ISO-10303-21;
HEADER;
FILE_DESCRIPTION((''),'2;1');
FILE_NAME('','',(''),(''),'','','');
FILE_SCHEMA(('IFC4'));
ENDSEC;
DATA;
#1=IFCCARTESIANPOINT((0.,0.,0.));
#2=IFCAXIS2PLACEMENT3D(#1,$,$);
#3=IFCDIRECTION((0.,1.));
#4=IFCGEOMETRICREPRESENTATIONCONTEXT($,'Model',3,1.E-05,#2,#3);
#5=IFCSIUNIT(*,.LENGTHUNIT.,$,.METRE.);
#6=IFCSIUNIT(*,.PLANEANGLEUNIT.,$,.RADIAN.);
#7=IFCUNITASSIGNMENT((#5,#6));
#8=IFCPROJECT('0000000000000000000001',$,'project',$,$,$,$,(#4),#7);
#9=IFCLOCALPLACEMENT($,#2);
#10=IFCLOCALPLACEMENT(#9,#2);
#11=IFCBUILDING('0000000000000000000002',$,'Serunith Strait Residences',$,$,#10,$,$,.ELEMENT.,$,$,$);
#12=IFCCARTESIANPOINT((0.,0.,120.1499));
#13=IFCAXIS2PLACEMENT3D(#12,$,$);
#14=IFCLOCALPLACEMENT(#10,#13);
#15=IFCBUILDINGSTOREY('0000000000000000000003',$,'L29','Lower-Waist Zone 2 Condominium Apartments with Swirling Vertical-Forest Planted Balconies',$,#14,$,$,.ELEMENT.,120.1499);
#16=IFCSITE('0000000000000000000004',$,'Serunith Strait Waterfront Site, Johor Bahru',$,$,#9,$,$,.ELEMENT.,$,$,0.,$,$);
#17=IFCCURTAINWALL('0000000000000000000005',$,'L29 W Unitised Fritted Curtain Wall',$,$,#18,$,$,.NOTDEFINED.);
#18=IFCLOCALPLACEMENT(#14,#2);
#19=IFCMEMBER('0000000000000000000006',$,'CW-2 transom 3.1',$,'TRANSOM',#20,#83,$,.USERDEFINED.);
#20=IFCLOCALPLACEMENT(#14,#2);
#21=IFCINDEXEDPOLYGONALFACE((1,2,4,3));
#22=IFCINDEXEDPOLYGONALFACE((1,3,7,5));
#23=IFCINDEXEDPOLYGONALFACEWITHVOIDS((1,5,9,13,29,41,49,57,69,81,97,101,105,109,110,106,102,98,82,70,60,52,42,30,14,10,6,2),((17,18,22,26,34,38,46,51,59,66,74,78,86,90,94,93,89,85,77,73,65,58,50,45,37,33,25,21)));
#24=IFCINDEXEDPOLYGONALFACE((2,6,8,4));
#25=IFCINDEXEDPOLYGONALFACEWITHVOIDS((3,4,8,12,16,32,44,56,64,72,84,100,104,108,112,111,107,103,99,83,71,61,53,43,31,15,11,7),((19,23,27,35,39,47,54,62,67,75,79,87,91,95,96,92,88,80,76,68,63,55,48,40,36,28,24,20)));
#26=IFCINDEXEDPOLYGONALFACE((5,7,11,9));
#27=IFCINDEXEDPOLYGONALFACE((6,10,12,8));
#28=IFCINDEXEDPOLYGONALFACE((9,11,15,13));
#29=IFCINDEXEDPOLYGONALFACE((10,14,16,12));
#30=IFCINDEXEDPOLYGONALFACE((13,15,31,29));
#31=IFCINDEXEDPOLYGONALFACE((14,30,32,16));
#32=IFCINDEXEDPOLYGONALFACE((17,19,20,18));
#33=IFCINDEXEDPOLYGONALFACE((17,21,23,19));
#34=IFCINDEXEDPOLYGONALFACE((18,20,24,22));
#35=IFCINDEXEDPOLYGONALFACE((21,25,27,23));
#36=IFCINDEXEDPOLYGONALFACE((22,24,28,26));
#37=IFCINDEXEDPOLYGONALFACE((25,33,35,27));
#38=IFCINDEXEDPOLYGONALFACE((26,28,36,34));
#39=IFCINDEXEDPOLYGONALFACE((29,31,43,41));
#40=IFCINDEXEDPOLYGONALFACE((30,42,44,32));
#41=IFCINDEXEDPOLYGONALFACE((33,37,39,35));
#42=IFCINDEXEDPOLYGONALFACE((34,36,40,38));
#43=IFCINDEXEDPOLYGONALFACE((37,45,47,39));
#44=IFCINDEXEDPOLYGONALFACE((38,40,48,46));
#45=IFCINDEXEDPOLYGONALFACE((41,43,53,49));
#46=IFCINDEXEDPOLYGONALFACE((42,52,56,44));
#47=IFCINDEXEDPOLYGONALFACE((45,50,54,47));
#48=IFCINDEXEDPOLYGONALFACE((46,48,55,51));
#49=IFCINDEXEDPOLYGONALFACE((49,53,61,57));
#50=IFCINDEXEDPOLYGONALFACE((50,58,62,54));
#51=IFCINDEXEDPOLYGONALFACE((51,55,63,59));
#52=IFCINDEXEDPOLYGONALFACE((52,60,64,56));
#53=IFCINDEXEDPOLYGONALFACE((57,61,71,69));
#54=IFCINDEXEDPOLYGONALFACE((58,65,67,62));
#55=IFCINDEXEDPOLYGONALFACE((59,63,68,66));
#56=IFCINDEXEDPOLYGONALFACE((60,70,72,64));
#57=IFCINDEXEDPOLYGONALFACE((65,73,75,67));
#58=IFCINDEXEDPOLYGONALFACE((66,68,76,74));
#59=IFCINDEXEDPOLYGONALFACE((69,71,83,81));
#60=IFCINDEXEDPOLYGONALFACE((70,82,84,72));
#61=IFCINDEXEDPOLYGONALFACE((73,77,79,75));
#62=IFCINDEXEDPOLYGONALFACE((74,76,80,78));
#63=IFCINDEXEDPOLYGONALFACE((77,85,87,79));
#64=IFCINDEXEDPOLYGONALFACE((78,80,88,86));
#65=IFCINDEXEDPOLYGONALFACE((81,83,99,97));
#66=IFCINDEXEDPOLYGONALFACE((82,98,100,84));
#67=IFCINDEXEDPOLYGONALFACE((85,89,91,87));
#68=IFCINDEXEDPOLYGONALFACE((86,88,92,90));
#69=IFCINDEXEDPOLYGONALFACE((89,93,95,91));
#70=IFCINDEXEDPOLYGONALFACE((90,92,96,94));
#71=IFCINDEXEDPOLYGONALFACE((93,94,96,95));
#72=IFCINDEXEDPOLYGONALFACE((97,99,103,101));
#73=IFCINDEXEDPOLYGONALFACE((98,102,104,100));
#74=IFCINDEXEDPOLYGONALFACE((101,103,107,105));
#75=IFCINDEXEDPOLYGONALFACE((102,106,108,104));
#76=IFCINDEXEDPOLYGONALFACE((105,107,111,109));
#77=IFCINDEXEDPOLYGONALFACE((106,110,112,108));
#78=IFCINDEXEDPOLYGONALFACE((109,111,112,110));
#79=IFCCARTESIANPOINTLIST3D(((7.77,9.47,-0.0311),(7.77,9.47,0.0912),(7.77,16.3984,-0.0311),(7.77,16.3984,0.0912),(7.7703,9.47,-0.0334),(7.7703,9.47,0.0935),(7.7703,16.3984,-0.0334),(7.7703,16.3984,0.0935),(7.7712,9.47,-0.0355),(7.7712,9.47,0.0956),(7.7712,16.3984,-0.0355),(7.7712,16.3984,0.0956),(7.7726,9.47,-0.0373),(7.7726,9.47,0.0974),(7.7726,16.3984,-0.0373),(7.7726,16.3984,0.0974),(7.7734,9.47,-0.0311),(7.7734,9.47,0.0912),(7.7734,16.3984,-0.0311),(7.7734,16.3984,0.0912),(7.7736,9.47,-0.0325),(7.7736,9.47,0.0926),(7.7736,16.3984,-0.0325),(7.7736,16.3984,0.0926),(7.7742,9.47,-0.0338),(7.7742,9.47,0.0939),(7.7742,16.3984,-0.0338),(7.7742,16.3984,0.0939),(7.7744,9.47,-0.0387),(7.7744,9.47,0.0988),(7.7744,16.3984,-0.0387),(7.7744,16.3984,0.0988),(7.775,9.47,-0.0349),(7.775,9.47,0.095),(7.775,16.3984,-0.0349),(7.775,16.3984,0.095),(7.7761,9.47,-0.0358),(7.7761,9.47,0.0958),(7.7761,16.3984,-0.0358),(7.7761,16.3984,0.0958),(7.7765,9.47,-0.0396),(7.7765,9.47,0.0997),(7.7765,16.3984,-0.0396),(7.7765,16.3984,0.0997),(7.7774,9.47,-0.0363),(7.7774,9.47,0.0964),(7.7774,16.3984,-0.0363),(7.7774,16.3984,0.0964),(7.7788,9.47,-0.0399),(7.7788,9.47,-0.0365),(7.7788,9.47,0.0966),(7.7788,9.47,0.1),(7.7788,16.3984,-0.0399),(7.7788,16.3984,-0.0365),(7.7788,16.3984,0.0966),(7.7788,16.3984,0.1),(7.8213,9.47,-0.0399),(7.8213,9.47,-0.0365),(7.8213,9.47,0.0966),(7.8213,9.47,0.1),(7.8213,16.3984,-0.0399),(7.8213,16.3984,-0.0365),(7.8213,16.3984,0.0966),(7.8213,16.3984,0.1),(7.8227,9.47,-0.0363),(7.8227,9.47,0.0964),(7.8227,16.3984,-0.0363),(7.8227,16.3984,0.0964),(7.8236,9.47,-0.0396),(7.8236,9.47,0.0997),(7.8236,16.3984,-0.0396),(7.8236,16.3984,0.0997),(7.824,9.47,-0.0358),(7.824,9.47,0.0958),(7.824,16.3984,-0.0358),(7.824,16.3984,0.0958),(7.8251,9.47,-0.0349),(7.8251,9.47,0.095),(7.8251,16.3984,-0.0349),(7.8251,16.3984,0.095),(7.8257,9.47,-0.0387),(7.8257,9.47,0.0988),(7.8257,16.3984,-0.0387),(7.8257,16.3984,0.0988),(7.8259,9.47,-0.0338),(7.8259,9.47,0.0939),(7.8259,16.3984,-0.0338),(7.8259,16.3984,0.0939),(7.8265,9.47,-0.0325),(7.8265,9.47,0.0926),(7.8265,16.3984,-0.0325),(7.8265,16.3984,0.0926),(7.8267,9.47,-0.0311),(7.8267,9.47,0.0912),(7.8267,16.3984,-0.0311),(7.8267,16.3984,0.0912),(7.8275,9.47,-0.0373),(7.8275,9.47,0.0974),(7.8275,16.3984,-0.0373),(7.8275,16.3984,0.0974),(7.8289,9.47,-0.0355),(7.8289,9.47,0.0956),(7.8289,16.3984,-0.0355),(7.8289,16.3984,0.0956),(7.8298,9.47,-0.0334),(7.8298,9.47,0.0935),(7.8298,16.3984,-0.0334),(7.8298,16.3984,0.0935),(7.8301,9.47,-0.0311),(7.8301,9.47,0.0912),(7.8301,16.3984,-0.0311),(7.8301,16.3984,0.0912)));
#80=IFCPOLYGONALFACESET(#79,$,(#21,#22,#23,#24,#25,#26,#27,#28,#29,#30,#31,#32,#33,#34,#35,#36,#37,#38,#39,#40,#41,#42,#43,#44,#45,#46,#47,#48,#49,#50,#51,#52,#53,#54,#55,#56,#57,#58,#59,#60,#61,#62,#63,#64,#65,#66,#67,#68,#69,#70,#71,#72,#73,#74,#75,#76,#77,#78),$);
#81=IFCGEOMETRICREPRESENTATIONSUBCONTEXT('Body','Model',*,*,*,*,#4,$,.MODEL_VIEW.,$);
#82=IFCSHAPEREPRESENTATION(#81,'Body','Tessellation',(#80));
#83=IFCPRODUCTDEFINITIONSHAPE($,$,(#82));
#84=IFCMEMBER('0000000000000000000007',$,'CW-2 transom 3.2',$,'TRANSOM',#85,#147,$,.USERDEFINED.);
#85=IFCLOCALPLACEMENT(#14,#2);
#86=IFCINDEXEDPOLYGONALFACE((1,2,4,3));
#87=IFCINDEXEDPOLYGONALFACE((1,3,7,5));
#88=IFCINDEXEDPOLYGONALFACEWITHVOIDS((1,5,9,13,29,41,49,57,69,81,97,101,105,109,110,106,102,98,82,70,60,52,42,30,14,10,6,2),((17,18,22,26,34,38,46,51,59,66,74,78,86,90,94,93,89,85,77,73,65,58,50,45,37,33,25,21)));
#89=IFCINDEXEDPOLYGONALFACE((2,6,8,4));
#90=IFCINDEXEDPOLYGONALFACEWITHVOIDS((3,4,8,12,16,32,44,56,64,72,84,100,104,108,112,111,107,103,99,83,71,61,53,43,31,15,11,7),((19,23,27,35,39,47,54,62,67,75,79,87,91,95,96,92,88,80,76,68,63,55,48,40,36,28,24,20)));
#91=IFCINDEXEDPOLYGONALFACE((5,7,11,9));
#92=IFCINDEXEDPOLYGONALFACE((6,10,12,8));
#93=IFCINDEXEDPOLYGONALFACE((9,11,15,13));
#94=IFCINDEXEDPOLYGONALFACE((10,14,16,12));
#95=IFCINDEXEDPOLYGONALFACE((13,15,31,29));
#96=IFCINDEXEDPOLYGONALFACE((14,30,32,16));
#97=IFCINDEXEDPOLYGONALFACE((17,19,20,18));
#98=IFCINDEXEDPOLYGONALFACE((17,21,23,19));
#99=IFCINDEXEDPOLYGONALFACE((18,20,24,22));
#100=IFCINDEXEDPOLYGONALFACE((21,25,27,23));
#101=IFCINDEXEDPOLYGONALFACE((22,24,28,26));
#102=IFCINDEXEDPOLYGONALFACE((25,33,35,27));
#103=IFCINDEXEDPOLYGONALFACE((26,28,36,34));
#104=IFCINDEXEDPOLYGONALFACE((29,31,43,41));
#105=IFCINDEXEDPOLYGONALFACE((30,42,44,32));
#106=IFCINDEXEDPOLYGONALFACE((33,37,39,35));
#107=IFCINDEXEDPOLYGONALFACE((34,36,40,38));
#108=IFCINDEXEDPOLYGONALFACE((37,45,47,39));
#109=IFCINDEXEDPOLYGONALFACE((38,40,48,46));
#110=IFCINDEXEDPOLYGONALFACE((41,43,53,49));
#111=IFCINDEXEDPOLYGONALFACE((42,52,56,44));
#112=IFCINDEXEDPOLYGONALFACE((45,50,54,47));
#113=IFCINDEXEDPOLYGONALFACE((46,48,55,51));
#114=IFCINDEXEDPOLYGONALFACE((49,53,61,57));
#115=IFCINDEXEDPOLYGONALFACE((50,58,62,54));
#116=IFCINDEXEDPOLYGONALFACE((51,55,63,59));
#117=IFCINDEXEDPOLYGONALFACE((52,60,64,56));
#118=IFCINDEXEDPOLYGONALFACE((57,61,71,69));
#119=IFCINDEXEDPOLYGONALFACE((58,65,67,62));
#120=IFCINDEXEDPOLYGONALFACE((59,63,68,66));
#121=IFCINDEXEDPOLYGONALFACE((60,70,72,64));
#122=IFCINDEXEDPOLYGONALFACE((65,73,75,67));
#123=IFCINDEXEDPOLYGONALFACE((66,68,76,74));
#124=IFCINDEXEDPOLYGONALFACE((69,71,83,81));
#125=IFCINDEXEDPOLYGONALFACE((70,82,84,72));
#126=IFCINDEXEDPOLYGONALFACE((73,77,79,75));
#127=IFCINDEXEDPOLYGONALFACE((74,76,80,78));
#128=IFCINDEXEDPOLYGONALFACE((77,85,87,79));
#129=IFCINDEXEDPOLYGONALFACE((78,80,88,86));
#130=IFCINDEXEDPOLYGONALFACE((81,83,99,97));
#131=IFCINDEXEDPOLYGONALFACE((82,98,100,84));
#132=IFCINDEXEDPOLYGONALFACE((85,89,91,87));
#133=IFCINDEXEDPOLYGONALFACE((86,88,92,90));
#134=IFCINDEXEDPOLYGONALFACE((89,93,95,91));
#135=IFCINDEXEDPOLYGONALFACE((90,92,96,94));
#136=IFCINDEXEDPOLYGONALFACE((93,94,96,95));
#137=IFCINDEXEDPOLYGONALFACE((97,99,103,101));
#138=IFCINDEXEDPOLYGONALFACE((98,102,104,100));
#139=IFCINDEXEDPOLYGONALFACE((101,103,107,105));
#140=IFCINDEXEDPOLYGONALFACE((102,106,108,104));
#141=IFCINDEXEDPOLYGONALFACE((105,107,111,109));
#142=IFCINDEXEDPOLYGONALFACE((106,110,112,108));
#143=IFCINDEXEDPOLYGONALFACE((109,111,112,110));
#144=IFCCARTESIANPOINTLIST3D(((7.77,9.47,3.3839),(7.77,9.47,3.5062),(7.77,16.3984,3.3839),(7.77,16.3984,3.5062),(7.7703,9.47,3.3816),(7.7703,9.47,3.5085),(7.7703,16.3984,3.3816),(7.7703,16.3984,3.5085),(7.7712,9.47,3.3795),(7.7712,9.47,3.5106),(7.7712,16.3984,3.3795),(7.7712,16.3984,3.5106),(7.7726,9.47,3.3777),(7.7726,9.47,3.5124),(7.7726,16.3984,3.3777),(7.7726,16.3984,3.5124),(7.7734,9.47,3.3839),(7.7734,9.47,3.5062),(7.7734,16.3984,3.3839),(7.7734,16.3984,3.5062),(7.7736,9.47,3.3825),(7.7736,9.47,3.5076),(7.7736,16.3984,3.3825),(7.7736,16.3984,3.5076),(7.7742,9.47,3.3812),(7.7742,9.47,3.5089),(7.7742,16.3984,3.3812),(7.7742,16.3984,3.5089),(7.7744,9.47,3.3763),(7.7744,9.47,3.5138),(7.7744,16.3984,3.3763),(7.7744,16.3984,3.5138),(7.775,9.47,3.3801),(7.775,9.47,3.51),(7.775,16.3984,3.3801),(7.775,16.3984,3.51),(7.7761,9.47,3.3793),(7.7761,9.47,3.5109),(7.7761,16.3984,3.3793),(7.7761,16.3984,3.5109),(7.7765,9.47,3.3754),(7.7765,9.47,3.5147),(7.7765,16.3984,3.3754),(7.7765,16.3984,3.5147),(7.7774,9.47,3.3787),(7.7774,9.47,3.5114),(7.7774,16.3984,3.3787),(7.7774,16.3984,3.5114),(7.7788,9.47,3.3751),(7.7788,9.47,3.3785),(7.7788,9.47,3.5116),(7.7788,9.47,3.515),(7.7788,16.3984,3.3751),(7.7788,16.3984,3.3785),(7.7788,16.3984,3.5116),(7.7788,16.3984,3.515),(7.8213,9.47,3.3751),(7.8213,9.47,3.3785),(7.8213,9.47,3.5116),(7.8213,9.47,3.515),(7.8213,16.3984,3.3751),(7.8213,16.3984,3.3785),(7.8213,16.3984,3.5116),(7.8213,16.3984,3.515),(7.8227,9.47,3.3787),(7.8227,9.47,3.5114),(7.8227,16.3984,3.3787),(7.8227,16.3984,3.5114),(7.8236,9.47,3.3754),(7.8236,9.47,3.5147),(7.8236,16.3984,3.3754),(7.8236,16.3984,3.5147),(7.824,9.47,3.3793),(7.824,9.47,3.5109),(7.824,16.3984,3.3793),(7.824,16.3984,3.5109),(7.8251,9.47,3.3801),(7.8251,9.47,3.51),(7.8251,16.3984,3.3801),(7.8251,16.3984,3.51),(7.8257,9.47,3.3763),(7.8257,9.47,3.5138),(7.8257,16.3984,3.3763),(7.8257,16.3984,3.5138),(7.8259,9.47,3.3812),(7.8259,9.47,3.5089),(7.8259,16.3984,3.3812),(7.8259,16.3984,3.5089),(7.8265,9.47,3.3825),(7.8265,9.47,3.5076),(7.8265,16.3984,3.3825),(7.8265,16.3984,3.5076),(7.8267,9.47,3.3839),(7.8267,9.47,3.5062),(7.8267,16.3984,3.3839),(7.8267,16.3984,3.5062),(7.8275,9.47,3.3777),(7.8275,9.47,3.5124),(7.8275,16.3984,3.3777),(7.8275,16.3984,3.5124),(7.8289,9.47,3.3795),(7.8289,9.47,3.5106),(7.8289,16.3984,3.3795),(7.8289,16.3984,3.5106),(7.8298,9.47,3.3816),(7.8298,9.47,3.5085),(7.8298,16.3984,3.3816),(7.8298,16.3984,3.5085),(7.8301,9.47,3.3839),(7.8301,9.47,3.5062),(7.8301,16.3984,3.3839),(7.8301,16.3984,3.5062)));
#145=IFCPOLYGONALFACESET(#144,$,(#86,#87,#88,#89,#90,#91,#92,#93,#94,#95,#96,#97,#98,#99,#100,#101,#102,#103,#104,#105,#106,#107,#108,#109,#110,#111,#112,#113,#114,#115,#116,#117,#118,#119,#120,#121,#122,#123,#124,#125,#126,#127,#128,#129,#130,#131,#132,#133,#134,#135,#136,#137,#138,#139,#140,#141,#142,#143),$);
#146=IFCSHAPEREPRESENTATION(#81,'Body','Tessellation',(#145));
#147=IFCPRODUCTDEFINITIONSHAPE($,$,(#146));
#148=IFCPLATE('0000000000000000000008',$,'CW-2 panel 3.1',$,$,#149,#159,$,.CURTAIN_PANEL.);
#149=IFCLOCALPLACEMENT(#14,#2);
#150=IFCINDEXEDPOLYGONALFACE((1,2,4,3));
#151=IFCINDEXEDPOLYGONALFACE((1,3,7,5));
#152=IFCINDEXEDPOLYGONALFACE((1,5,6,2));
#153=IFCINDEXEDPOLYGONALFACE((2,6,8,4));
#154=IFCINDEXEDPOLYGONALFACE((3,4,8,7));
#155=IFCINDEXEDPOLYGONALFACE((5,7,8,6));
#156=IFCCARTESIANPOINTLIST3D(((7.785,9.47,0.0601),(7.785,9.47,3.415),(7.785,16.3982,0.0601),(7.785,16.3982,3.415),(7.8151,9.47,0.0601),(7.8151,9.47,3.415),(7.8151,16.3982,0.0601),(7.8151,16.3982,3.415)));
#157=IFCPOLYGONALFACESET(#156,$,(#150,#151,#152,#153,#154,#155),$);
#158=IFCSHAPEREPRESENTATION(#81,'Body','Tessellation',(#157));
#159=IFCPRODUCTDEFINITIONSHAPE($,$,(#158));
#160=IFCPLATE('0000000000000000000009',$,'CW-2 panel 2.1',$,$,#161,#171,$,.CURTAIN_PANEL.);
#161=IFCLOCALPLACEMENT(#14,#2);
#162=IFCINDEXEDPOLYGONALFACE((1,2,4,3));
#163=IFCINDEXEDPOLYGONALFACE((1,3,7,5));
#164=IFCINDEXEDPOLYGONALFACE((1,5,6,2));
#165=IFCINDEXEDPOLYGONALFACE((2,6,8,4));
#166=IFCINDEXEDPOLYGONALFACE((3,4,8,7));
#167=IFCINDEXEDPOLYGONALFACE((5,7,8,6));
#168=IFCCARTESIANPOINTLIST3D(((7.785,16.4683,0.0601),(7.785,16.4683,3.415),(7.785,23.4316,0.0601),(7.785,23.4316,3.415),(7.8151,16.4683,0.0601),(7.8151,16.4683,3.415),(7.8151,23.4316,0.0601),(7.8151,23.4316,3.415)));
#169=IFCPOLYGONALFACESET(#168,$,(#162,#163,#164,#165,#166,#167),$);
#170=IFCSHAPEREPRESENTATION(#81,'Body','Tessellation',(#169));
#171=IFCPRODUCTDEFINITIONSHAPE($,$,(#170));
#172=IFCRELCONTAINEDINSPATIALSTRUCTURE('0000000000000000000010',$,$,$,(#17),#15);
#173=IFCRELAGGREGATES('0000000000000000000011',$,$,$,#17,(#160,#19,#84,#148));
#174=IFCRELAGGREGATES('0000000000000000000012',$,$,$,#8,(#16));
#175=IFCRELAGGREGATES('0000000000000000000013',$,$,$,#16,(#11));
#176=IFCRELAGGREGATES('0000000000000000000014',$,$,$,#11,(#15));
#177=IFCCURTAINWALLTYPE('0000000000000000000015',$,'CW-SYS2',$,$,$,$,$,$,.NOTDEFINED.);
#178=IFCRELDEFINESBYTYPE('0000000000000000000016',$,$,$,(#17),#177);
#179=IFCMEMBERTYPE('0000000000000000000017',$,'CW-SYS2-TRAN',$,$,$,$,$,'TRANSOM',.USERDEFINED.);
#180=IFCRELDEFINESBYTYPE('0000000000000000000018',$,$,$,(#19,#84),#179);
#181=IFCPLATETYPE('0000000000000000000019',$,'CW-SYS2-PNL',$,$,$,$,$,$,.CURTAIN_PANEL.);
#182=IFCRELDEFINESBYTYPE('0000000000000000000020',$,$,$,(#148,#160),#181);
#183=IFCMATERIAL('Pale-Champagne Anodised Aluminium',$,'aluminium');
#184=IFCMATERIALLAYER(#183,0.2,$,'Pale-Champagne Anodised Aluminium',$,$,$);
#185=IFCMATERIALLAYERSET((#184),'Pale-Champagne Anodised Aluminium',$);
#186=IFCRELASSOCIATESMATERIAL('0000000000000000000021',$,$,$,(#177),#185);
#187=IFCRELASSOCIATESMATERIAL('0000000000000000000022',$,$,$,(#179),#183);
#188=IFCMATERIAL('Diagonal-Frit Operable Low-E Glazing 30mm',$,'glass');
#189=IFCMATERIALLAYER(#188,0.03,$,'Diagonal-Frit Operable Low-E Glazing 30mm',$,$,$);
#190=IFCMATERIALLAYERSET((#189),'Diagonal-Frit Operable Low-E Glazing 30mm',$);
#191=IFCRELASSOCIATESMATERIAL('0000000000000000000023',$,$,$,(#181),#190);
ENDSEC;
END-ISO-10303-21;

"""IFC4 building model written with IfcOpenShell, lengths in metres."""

from ifc_helpers import new_model, si_unit, direction, frame, origin, origin_2d, place, context, subcontext, project, spatial, rectangle, hollow_rectangle, extrude, source, transform, mapped, material, layer, layer_set, material_profile, profile_set, type_object, element, aggregate, save


model = new_model("IFC4")

# Units and contexts
model_context = context("Model", 3, precision=1e-05, world=origin(), true_north=direction((0.0, 1.0)))
body_context = subcontext(model_context, "Body", "Model", "MODEL_VIEW")
ifc_project = project(units=[si_unit("LENGTHUNIT", "METRE"), si_unit("PLANEANGLEUNIT", "RADIAN")], contexts=[model_context])

# Site, building, storey
site_placement = place(None, origin())
site = spatial("IfcSite", under=ifc_project, at=site_placement, Name="Serunith Strait Waterfront Site, Johor Bahru", CompositionType="ELEMENT", RefElevation=0.0)
building_placement = place(site_placement, origin())
building = spatial("IfcBuilding", under=site, at=building_placement, Name="Serunith Strait Residences", CompositionType="ELEMENT")
storey_placement = place(building_placement, frame((0.0, 0.0, 120.1499)))
storey = spatial("IfcBuildingStorey", under=building, at=storey_placement, Name="L29", Description="Lower-Waist Zone 2 Condominium Apartments with Swirling Vertical-Forest Planted Balconies", CompositionType="ELEMENT", Elevation=120.1499)

# Curtain wall, members, plates
ifc_material_1 = material(Name="Pale-Champagne Anodised Aluminium", Category="aluminium")
ifc_layer_1 = layer(ifc_material_1, 0.2, Name="Pale-Champagne Anodised Aluminium")
ifc_layer_set_1 = layer_set([ifc_layer_1], Name="Pale-Champagne Anodised Aluminium")
curtain_wall_type = type_object("IfcCurtainWallType", Name="CW-SYS2", PredefinedType="NOTDEFINED", material=ifc_layer_set_1)
curtain_wall_placement = place(storey_placement, origin())
curtain_wall = element("IfcCurtainWall", 1, at=curtain_wall_placement, inside=storey, type_object=curtain_wall_type, Name="L29 W Unitised Fritted Curtain Wall", PredefinedType="NOTDEFINED")
ifc_material_profile_1 = material_profile(ifc_material_1, hollow_rectangle(XDim=0.0601, YDim=0.1399, WallThickness=0.0034, InnerFilletRadius=0.0054, OuterFilletRadius=0.0088, at=origin_2d()), Name="ALU 140x60x3.5")
ifc_profile_set_1 = profile_set([ifc_material_profile_1], Name="Pale-Champagne Anodised Aluminium")
member_type_1 = type_object("IfcMemberType", Name="CW-SYS2-TRAN", ElementType="TRANSOM", PredefinedType="USERDEFINED", material=ifc_profile_set_1)
shared_shape_1 = source(origin(), body_context, "Body", "SweptSolid", [
    extrude(hollow_rectangle(XDim=0.0601, YDim=0.1399, WallThickness=0.0034, InnerFilletRadius=0.0054, OuterFilletRadius=0.0088, at=origin_2d()), origin(), (0.0, 0.0, 1.0), 6.9285),
])
member_1_placement = place(storey_placement, frame((7.8, 16.3984, 0.03), z_axis=(0.0, -1.0, 0.0), x_axis=(1.0, 0.0, 0.0)))
member_1 = element("IfcMember", 2, at=member_1_placement, type_object=member_type_1, Name="CW-2 transom 3.1", ObjectType="TRANSOM", PredefinedType="USERDEFINED", context=body_context, shape_type="MappedRepresentation", body=[
    mapped(shared_shape_1, transform((0.0, 0.0, 0.0), scale=1.0)),
])
member_2_placement = place(storey_placement, frame((7.8, 16.3984, 3.4451), z_axis=(0.0, -1.0, 0.0), x_axis=(1.0, 0.0, 0.0)))
member_2 = element("IfcMember", 3, at=member_2_placement, type_object=member_type_1, Name="CW-2 transom 3.2", ObjectType="TRANSOM", PredefinedType="USERDEFINED", context=body_context, shape_type="MappedRepresentation", body=[
    mapped(shared_shape_1, transform((0.0, 0.0, 0.0), scale=1.0)),
])
ifc_material_2 = material(Name="Diagonal-Frit Operable Low-E Glazing 30mm", Category="glass")
ifc_layer_2 = layer(ifc_material_2, 0.03, Name="Diagonal-Frit Operable Low-E Glazing 30mm")
ifc_layer_set_2 = layer_set([ifc_layer_2], Name="Diagonal-Frit Operable Low-E Glazing 30mm")
plate_type = type_object("IfcPlateType", Name="CW-SYS2-PNL", PredefinedType="CURTAIN_PANEL", material=ifc_layer_set_2)
shared_shape_2 = source(origin(), body_context, "Body", "SweptSolid", [
    extrude(rectangle(XDim=6.9282, YDim=0.03, at=origin_2d()), origin(), (0.0, 0.0, 1.0), 3.355),
])
plate_1_placement = place(storey_placement, frame((7.8, 12.9341, 0.0601), z_axis=(0.0, 0.0, 1.0), x_axis=(0.0, -1.0, 0.0)))
plate_1 = element("IfcPlate", 4, at=plate_1_placement, type_object=plate_type, Name="CW-2 panel 3.1", PredefinedType="CURTAIN_PANEL", context=body_context, shape_type="MappedRepresentation", body=[
    mapped(shared_shape_2, transform((0.0, 0.0, 0.0), scale=1.0)),
])
shared_shape_3 = source(origin(), body_context, "Body", "SweptSolid", [
    extrude(rectangle(XDim=6.9634, YDim=0.03, at=origin_2d()), origin(), (0.0, 0.0, 1.0), 3.355),
])
plate_2_placement = place(storey_placement, frame((7.8, 19.95, 0.0601), z_axis=(0.0, 0.0, 1.0), x_axis=(0.0, -1.0, 0.0)))
plate_2 = element("IfcPlate", 5, at=plate_2_placement, type_object=plate_type, Name="CW-2 panel 2.1", PredefinedType="CURTAIN_PANEL", context=body_context, shape_type="MappedRepresentation", body=[
    mapped(shared_shape_3, transform((0.0, 0.0, 0.0), scale=1.0)),
])
aggregate(curtain_wall, [plate_2, member_1, member_2, plate_1])

save(model, "model.ifc")
